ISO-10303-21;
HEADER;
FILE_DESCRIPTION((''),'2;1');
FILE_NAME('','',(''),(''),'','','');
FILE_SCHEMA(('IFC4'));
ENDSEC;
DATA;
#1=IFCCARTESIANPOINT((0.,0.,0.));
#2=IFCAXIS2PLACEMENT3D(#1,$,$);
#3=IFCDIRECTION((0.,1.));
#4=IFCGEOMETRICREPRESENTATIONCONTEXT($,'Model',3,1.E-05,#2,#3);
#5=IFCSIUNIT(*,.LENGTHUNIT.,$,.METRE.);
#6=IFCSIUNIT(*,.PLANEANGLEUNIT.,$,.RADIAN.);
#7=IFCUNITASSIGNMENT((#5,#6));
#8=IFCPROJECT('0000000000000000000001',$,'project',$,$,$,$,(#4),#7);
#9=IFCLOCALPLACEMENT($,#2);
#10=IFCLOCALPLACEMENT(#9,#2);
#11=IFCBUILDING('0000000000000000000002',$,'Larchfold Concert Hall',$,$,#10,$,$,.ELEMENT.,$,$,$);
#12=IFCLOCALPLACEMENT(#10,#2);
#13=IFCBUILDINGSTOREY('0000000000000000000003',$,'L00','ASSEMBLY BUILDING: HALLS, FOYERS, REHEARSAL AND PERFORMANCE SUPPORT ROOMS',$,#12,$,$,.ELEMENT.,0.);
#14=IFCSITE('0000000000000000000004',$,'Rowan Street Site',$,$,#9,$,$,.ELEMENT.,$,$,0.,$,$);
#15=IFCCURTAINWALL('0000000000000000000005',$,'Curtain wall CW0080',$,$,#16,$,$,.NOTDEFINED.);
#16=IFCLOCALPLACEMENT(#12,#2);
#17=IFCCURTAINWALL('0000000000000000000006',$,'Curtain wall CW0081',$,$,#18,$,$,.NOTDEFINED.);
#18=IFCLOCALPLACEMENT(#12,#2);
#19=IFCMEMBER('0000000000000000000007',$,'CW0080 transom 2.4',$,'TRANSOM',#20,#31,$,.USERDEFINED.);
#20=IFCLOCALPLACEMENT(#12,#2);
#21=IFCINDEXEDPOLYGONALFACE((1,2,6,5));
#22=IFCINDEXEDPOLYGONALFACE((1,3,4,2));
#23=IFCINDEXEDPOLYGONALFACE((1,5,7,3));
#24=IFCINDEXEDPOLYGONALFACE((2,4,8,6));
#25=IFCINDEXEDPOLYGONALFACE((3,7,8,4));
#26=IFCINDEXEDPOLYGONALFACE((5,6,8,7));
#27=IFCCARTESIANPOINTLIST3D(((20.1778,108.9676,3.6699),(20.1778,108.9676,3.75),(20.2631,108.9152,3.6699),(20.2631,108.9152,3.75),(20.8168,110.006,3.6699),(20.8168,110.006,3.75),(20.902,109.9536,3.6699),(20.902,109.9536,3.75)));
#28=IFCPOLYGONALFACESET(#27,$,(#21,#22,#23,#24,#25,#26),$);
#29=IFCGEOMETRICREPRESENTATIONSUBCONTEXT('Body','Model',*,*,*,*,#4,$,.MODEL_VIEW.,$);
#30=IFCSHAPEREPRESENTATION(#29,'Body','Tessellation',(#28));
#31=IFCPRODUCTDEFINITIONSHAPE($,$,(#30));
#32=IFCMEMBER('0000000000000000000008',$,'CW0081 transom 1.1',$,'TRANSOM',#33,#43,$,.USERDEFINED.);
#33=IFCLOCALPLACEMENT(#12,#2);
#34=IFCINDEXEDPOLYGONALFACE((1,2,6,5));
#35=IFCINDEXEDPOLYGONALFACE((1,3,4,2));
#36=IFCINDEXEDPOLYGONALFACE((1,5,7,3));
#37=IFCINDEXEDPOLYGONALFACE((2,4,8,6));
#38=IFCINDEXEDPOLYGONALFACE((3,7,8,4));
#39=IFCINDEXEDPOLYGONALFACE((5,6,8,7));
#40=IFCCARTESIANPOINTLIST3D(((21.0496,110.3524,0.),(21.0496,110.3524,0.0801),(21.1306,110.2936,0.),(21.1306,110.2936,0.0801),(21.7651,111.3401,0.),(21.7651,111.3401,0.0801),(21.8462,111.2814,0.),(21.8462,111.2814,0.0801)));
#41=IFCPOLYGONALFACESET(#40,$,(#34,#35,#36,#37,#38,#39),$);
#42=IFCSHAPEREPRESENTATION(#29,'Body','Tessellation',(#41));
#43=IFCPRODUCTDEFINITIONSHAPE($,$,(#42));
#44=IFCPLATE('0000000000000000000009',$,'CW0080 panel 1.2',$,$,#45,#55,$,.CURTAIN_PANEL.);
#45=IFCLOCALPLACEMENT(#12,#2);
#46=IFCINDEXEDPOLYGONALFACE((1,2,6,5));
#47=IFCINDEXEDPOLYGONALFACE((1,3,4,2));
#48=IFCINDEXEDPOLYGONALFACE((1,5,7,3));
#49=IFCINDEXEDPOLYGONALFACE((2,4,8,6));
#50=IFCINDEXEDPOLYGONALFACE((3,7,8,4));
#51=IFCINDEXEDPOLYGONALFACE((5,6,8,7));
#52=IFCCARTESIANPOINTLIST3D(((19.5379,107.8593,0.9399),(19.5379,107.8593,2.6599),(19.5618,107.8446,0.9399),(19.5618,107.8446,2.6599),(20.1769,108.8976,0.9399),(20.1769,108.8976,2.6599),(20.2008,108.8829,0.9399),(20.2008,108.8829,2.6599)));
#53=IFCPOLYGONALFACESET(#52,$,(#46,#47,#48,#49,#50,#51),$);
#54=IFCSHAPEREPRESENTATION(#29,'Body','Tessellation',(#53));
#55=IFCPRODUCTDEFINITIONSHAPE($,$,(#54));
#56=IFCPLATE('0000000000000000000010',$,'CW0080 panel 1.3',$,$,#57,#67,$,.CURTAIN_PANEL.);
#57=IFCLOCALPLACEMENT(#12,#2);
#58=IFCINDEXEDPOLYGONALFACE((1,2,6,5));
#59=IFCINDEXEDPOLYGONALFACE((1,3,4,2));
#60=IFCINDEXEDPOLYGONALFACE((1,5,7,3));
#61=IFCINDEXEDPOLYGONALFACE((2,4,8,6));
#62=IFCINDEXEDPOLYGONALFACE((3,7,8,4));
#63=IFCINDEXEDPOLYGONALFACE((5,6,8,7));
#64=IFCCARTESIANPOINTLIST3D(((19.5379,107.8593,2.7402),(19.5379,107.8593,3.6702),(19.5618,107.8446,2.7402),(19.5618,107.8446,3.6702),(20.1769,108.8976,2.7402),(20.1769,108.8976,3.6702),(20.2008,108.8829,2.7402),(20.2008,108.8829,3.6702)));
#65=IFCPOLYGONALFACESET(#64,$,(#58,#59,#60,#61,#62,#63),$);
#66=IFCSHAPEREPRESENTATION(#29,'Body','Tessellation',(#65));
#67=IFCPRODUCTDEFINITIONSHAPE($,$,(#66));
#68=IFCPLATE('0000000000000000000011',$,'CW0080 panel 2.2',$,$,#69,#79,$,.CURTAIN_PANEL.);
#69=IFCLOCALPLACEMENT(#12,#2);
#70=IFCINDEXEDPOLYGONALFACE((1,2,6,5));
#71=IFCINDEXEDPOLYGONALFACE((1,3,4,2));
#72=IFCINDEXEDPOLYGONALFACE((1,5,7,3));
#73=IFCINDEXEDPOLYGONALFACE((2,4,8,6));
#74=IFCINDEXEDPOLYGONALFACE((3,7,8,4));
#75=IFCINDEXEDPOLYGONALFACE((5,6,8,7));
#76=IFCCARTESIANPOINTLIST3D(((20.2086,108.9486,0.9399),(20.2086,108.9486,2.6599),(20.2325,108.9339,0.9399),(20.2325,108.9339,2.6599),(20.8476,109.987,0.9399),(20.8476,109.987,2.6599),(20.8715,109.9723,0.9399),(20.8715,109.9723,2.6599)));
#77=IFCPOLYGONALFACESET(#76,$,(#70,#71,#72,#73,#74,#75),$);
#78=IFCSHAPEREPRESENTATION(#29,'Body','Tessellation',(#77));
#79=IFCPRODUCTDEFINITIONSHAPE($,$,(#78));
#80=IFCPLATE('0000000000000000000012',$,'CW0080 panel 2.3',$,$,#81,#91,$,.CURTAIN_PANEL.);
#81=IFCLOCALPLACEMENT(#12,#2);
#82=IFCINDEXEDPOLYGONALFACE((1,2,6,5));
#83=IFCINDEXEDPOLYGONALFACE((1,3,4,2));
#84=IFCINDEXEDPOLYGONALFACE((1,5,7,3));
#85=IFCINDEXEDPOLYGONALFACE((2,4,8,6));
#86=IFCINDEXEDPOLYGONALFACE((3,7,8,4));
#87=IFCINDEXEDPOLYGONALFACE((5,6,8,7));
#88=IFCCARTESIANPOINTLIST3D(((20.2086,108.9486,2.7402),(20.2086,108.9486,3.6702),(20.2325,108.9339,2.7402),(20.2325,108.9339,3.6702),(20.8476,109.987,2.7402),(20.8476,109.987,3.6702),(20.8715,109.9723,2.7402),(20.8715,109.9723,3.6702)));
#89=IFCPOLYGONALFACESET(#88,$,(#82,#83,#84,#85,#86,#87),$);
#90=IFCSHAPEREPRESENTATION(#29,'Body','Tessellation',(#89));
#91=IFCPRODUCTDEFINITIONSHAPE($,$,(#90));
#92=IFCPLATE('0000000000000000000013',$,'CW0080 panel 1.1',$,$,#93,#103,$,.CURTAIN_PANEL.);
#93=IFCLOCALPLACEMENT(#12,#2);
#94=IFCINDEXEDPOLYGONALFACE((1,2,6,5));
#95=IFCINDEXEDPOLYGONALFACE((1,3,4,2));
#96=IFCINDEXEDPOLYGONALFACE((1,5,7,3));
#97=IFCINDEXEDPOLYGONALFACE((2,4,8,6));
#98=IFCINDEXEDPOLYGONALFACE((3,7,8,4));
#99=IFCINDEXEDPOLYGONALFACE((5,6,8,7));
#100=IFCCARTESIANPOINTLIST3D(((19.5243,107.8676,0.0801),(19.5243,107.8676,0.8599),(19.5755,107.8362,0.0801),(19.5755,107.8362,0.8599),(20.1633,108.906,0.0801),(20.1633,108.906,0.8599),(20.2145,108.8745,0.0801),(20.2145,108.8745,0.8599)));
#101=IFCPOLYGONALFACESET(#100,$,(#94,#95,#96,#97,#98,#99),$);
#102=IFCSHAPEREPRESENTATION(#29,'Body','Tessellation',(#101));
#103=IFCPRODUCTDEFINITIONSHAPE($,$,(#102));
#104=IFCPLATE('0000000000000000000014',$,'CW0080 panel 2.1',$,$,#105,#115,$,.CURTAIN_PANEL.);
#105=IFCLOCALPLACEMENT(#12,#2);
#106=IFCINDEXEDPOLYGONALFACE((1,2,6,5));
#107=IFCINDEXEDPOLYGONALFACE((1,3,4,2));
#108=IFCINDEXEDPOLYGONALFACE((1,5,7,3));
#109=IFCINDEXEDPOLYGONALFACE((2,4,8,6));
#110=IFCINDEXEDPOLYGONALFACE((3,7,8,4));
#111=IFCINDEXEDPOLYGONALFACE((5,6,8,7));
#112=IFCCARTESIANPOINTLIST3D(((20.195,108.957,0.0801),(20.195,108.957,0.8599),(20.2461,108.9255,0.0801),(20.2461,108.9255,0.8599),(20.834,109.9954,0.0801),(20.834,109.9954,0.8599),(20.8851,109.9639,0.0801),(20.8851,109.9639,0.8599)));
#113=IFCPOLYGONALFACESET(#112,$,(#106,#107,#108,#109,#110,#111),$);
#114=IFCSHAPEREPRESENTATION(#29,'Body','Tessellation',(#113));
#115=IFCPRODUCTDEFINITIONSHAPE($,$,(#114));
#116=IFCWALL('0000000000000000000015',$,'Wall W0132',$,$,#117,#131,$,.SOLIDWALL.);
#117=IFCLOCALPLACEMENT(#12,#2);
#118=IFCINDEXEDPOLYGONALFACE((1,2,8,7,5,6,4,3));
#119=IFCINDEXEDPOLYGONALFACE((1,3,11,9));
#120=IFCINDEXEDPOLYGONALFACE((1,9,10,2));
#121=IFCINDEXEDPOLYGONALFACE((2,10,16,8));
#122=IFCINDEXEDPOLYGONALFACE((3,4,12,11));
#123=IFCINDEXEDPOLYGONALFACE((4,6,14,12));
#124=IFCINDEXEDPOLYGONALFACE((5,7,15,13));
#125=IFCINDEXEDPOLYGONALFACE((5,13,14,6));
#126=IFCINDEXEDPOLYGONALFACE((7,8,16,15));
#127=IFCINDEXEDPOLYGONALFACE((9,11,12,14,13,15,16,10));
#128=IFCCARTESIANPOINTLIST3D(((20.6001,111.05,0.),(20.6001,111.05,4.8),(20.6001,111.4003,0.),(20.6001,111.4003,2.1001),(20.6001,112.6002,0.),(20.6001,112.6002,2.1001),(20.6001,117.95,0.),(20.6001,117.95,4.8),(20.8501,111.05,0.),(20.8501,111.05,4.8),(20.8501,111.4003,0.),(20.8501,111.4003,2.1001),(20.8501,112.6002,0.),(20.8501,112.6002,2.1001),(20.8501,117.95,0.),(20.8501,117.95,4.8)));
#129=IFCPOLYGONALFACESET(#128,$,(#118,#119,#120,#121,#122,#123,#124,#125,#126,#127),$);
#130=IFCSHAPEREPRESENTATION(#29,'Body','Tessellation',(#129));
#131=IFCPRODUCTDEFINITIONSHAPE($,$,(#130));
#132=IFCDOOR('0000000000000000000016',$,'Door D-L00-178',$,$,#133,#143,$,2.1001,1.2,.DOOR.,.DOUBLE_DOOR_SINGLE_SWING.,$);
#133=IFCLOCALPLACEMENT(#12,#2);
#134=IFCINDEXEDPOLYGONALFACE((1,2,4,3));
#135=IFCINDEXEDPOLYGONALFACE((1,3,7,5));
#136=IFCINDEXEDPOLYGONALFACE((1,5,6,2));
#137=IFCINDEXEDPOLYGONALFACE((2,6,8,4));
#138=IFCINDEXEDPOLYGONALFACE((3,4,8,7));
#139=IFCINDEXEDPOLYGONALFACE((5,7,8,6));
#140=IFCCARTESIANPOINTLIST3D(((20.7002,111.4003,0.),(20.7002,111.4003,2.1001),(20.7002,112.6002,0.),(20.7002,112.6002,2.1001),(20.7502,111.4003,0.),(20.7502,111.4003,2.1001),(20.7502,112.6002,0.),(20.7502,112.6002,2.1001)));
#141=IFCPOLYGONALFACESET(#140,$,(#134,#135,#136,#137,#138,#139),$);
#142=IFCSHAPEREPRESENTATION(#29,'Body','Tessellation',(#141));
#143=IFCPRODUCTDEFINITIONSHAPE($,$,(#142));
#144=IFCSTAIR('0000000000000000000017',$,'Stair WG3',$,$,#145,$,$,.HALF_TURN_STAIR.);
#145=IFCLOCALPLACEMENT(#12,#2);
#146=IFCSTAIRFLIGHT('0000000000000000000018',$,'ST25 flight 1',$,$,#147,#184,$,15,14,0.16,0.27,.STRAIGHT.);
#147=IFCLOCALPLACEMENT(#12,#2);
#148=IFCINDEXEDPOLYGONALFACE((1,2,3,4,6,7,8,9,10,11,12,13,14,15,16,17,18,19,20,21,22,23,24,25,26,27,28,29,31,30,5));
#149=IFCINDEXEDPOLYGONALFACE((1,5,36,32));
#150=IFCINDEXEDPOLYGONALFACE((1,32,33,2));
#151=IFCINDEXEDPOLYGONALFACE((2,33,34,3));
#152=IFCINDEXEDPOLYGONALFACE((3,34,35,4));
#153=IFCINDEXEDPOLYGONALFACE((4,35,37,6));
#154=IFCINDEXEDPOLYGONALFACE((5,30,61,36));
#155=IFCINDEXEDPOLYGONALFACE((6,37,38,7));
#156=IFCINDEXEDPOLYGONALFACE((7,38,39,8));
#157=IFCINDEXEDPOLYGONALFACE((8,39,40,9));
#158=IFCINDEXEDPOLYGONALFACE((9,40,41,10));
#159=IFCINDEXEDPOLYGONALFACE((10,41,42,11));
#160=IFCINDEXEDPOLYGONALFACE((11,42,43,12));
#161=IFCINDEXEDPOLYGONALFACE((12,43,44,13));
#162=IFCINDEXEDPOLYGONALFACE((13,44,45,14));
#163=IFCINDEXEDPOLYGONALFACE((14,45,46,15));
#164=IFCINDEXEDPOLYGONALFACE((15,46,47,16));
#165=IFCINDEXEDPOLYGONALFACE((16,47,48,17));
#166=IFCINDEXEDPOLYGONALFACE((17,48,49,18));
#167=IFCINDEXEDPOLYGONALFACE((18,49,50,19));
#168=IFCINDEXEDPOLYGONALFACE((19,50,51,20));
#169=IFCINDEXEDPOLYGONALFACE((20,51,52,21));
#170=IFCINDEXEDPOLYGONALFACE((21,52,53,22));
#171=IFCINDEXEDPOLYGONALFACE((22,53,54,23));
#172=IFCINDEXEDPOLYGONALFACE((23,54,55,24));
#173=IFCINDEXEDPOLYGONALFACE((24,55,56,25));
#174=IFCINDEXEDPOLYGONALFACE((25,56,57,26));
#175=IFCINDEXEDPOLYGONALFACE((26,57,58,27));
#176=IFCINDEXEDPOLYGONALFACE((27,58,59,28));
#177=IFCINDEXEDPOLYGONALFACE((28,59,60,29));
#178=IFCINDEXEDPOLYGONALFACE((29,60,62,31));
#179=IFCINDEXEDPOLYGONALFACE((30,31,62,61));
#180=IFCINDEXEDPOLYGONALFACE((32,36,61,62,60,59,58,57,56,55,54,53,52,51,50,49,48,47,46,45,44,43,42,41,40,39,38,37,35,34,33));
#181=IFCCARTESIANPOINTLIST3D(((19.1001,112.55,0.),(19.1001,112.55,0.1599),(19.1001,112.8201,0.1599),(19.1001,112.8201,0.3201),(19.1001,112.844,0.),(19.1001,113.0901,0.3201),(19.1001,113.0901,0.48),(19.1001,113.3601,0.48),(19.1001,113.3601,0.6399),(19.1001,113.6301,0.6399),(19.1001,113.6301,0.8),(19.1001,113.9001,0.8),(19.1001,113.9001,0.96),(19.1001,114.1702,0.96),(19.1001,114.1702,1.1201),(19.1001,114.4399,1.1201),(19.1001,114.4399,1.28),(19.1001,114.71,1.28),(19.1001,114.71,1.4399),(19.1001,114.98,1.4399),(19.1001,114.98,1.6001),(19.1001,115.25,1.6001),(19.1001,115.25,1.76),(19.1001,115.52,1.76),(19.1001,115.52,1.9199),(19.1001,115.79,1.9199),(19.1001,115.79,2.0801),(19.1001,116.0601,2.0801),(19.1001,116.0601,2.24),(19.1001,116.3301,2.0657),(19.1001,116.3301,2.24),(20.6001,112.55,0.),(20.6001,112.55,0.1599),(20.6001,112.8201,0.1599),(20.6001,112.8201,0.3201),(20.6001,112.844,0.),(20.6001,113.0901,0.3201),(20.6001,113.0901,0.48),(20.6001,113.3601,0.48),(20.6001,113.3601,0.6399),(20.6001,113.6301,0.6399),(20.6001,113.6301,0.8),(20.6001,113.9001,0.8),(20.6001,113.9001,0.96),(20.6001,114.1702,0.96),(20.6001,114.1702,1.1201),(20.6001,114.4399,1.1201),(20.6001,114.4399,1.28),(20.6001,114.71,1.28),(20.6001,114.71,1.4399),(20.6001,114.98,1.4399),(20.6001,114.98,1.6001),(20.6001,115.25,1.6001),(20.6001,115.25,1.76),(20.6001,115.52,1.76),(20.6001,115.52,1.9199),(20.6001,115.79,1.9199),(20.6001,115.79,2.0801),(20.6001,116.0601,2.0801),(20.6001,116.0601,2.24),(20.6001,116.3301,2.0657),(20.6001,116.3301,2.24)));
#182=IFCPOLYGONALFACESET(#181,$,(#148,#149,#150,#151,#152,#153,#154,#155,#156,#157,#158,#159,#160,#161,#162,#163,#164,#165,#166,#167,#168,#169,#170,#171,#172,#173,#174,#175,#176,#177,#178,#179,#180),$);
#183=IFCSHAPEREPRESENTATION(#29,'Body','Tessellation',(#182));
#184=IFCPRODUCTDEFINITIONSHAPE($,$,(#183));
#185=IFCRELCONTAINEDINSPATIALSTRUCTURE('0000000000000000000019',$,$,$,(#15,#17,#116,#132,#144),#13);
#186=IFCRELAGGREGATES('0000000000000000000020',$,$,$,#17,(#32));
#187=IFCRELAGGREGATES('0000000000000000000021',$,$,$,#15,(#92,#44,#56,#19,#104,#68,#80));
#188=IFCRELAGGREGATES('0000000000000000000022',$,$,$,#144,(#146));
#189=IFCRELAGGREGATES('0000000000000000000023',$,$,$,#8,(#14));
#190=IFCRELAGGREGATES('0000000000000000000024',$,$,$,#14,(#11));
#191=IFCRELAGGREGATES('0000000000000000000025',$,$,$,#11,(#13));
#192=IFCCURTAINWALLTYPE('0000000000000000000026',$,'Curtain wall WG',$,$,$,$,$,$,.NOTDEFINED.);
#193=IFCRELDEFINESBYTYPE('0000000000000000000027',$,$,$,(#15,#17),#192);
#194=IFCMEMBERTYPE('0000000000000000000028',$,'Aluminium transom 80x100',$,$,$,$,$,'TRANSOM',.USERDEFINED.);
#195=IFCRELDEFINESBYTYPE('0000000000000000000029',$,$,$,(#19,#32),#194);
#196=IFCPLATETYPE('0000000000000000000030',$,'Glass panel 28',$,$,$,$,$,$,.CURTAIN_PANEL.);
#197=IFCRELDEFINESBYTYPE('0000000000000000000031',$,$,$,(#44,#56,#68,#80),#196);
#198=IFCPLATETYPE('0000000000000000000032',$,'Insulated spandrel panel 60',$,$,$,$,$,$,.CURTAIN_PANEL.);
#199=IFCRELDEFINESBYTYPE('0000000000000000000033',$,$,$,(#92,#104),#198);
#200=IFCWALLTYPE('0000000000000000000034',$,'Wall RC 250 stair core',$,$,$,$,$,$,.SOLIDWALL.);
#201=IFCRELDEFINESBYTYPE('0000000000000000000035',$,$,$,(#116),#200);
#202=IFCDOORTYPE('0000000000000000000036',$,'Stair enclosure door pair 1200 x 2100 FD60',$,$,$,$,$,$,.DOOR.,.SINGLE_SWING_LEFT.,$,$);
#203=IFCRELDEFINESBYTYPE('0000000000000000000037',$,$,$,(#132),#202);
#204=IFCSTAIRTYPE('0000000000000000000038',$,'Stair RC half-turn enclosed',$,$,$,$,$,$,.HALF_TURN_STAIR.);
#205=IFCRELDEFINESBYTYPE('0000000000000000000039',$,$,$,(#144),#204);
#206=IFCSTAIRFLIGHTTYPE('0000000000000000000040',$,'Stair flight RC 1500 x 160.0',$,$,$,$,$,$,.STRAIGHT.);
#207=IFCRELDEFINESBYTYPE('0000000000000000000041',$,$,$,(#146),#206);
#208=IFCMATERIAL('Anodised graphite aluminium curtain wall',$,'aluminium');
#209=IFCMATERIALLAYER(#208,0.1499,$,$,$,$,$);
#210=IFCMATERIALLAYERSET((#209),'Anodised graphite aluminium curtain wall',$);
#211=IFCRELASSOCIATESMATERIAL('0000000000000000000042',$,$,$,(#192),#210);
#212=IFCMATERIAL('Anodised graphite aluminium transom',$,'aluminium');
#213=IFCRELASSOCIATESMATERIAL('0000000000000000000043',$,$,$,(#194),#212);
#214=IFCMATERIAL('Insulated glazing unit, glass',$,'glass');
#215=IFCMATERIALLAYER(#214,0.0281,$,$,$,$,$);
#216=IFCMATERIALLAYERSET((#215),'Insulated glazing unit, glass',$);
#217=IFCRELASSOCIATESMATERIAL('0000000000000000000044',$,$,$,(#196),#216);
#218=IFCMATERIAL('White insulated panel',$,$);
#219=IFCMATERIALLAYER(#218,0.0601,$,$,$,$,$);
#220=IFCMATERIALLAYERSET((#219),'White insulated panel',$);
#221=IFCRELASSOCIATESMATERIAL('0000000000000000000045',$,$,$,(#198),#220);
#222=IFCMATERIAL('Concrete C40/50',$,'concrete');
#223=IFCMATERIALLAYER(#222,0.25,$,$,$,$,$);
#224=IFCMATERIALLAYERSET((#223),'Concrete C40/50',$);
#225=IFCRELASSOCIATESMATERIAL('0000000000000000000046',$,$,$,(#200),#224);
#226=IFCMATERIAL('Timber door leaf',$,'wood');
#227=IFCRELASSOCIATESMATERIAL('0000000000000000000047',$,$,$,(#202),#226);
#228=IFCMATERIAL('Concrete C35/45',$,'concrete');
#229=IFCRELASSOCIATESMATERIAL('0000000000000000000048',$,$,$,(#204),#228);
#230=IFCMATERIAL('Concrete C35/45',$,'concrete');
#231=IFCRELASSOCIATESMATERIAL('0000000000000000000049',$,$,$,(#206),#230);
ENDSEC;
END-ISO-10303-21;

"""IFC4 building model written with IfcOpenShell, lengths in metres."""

from ifc_helpers import new_model, si_unit, direction, frame, frame_2d, origin, origin_2d, place, context, subcontext, project, spatial, polyline, rectangle, outline, extrude, material, layer, layer_set, material_profile, profile_set, type_object, element, fill, aggregate, save


model = new_model("IFC4")

# Units and contexts
model_context = context("Model", 3, precision=1e-05, world=origin(), true_north=direction((0.0, 1.0)))
body_context = subcontext(model_context, "Body", "Model", "MODEL_VIEW")
ifc_project = project(units=[si_unit("LENGTHUNIT", "METRE"), si_unit("PLANEANGLEUNIT", "RADIAN")], contexts=[model_context])

# Site, building, storey
site_placement = place(None, origin())
site = spatial("IfcSite", under=ifc_project, at=site_placement, Name="Rowan Street Site", CompositionType="ELEMENT", RefElevation=0.0)
building_placement = place(site_placement, origin())
building = spatial("IfcBuilding", under=site, at=building_placement, Name="Larchfold Concert Hall", CompositionType="ELEMENT")
storey_placement = place(building_placement, origin())
storey = spatial("IfcBuildingStorey", under=building, at=storey_placement, Name="L00", Description="ASSEMBLY BUILDING: HALLS, FOYERS, REHEARSAL AND PERFORMANCE SUPPORT ROOMS", CompositionType="ELEMENT", Elevation=0.0)

# Curtain wall
ifc_material_1 = material(Name="Anodised graphite aluminium curtain wall", Category="aluminium")
ifc_layer_1 = layer(ifc_material_1, 0.1499)
ifc_layer_set_1 = layer_set([ifc_layer_1], Name="Anodised graphite aluminium curtain wall")
curtain_wall_type = type_object("IfcCurtainWallType", Name="Curtain wall WG", PredefinedType="NOTDEFINED", material=ifc_layer_set_1)
curtain_wall_1_placement = place(storey_placement, origin())
curtain_wall_1 = element("IfcCurtainWall", 1, at=curtain_wall_1_placement, inside=storey, type_object=curtain_wall_type, Name="Curtain wall CW0080", PredefinedType="NOTDEFINED")

# Curtain wall
curtain_wall_2_placement = place(storey_placement, origin())
curtain_wall_2 = element("IfcCurtainWall", 2, at=curtain_wall_2_placement, inside=storey, type_object=curtain_wall_type, Name="Curtain wall CW0081", PredefinedType="NOTDEFINED")

# Members
ifc_material_2 = material(Name="Anodised graphite aluminium transom", Category="aluminium")
ifc_material_profile_1 = material_profile(ifc_material_2, rectangle(XDim=0.1001, YDim=0.0801, at=origin_2d()))
ifc_profile_set_1 = profile_set([ifc_material_profile_1], Name="Anodised graphite aluminium transom")
member_type_1 = type_object("IfcMemberType", Name="Aluminium transom 80x100", ElementType="TRANSOM", PredefinedType="USERDEFINED", material=ifc_profile_set_1)
member_1_placement = place(storey_placement, frame((20.2205, 108.9414, 3.71), z_axis=(0.524064, 0.851679, 0.0), x_axis=(-0.851679, 0.524064, 0.0)))
member_1 = element("IfcMember", 3, at=member_1_placement, type_object=member_type_1, Name="CW0080 transom 2.4", ObjectType="TRANSOM", PredefinedType="USERDEFINED", context=body_context, shape_type="SweptSolid", body=[
    extrude(rectangle(XDim=0.1001, YDim=0.0801, at=origin_2d()), origin(), (0.0, 0.0, 1.0), 1.2192),
])
member_2_placement = place(storey_placement, frame((21.0901, 110.323, 0.04), z_axis=(0.586659, 0.809834, 0.0), x_axis=(-0.809834, 0.586659, 0.0)))
member_2 = element("IfcMember", 4, at=member_2_placement, type_object=member_type_1, Name="CW0081 transom 1.1", ObjectType="TRANSOM", PredefinedType="USERDEFINED", context=body_context, shape_type="SweptSolid", body=[
    extrude(rectangle(XDim=0.1001, YDim=0.0801, at=origin_2d()), origin(), (0.0, 0.0, 1.0), 1.2197),
])
aggregate(curtain_wall_2, [member_2])

# Plates
ifc_material_3 = material(Name="Insulated glazing unit, glass", Category="glass")
ifc_layer_2 = layer(ifc_material_3, 0.0281)
ifc_layer_set_2 = layer_set([ifc_layer_2], Name="Insulated glazing unit, glass")
plate_type_1 = type_object("IfcPlateType", Name="Glass panel 28", PredefinedType="CURTAIN_PANEL", material=ifc_layer_set_2)
plate_1_placement = place(storey_placement, frame((19.8694, 108.3711, 0.9399), z_axis=(0.0, 0.0, 1.0), x_axis=(0.524103, 0.851655, 0.0)))
plate_1 = element("IfcPlate", 5, at=plate_1_placement, type_object=plate_type_1, Name="CW0080 panel 1.2", PredefinedType="CURTAIN_PANEL", context=body_context, shape_type="SweptSolid", body=[
    extrude(rectangle(XDim=1.2192, YDim=0.0281, at=origin_2d()), origin(), (0.0, 0.0, 1.0), 1.72),
])
plate_2_placement = place(storey_placement, frame((19.8694, 108.3711, 2.7402), z_axis=(0.0, 0.0, 1.0), x_axis=(0.524103, 0.851655, 0.0)))
plate_2 = element("IfcPlate", 6, at=plate_2_placement, type_object=plate_type_1, Name="CW0080 panel 1.3", PredefinedType="CURTAIN_PANEL", context=body_context, shape_type="SweptSolid", body=[
    extrude(rectangle(XDim=1.2192, YDim=0.0281, at=origin_2d()), origin(), (0.0, 0.0, 1.0), 0.9299),
])
plate_3_placement = place(storey_placement, frame((20.54, 109.4604, 0.9399), z_axis=(0.0, 0.0, 1.0), x_axis=(0.524103, 0.851655, 0.0)))
plate_3 = element("IfcPlate", 7, at=plate_3_placement, type_object=plate_type_1, Name="CW0080 panel 2.2", PredefinedType="CURTAIN_PANEL", context=body_context, shape_type="SweptSolid", body=[
    extrude(rectangle(XDim=1.2192, YDim=0.0281, at=origin_2d()), origin(), (0.0, 0.0, 1.0), 1.72),
])
plate_4_placement = place(storey_placement, frame((20.54, 109.4604, 2.7402), z_axis=(0.0, 0.0, 1.0), x_axis=(0.524103, 0.851655, 0.0)))
plate_4 = element("IfcPlate", 8, at=plate_4_placement, type_object=plate_type_1, Name="CW0080 panel 2.3", PredefinedType="CURTAIN_PANEL", context=body_context, shape_type="SweptSolid", body=[
    extrude(rectangle(XDim=1.2192, YDim=0.0281, at=origin_2d()), origin(), (0.0, 0.0, 1.0), 0.9299),
])
ifc_material_4 = material(Name="White insulated panel")
ifc_layer_3 = layer(ifc_material_4, 0.0601)
ifc_layer_set_3 = layer_set([ifc_layer_3], Name="White insulated panel")
plate_type_2 = type_object("IfcPlateType", Name="Insulated spandrel panel 60", PredefinedType="CURTAIN_PANEL", material=ifc_layer_set_3)
plate_5_placement = place(storey_placement, frame((19.8694, 108.3711, 0.0801), z_axis=(0.0, 0.0, 1.0), x_axis=(0.524103, 0.851655, 0.0)))
plate_5 = element("IfcPlate", 9, at=plate_5_placement, type_object=plate_type_2, Name="CW0080 panel 1.1", PredefinedType="CURTAIN_PANEL", context=body_context, shape_type="SweptSolid", body=[
    extrude(rectangle(XDim=1.2192, YDim=0.0601, at=origin_2d()), origin(), (0.0, 0.0, 1.0), 0.7798),
])
plate_6_placement = place(storey_placement, frame((20.54, 109.4604, 0.0801), z_axis=(0.0, 0.0, 1.0), x_axis=(0.524103, 0.851655, 0.0)))
plate_6 = element("IfcPlate", 10, at=plate_6_placement, type_object=plate_type_2, Name="CW0080 panel 2.1", PredefinedType="CURTAIN_PANEL", context=body_context, shape_type="SweptSolid", body=[
    extrude(rectangle(XDim=1.2192, YDim=0.0601, at=origin_2d()), origin(), (0.0, 0.0, 1.0), 0.7798),
])
aggregate(curtain_wall_1, [plate_5, plate_1, plate_2, member_1, plate_6, plate_3, plate_4])

# Wall, opening, door
ifc_material_5 = material(Name="Concrete C40/50", Category="concrete")
ifc_layer_4 = layer(ifc_material_5, 0.25)
ifc_layer_set_4 = layer_set([ifc_layer_4], Name="Concrete C40/50")
wall_type = type_object("IfcWallType", Name="Wall RC 250 stair core", PredefinedType="SOLIDWALL", material=ifc_layer_set_4)
wall_placement = place(storey_placement, frame((20.7251, 111.05, 0.0), z_axis=(0.0, 0.0, 1.0), x_axis=(0.0, 1.0, 0.0)))
wall = element("IfcWall", 11, at=wall_placement, inside=storey, type_object=wall_type, Name="Wall W0132", PredefinedType="SOLIDWALL", context=body_context, shape_type="SweptSolid", body=[
    extrude(rectangle(XDim=6.8999, YDim=0.25, at=frame_2d((3.45, 0.0))), origin(), (0.0, 0.0, 1.0), 4.8),
])
opening_placement = place(wall_placement, frame((0.3501, 0.0, 0.0)))
opening = element("IfcOpeningElement", 12, at=opening_placement, cuts=wall, PredefinedType="OPENING", context=body_context, shape_type="SweptSolid", body=[
    extrude(rectangle(XDim=1.2, YDim=2.1001, at=frame_2d((0.6001, 1.05))), frame((0.0, 0.135, 0.0), z_axis=(0.0, -1.0, 0.0), x_axis=(1.0, 0.0, 0.0)), (0.0, 0.0, 1.0), 0.27),
])
ifc_material_6 = material(Name="Timber door leaf", Category="wood")
door_type = type_object("IfcDoorType", Name="Stair enclosure door pair 1200 x 2100 FD60", OperationType="SINGLE_SWING_LEFT", PredefinedType="DOOR", material=ifc_material_6)
door_placement = place(opening_placement, origin())
door = element("IfcDoor", 13, at=door_placement, inside=storey, type_object=door_type, Name="Door D-L00-178", OperationType="DOUBLE_DOOR_SINGLE_SWING", OverallHeight=2.1001, OverallWidth=1.2, PredefinedType="DOOR", context=body_context, shape_type="SweptSolid", body=[
    extrude(rectangle(XDim=1.2, YDim=2.1001, at=frame_2d((0.6001, 1.05))), frame((0.0, 0.0249, 0.0), z_axis=(0.0, -1.0, 0.0), x_axis=(1.0, 0.0, 0.0)), (0.0, 0.0, 1.0), 0.05),
])
fill(opening, door)

# Stair, stair flight
ifc_material_7 = material(Name="Concrete C35/45", Category="concrete")
stair_type = type_object("IfcStairType", Name="Stair RC half-turn enclosed", PredefinedType="HALF_TURN_STAIR", material=ifc_material_7)
stair_placement = place(storey_placement, origin())
stair = element("IfcStair", 14, at=stair_placement, inside=storey, type_object=stair_type, Name="Stair WG3", PredefinedType="HALF_TURN_STAIR")
ifc_material_8 = material(Name="Concrete C35/45", Category="concrete")
stair_flight_type = type_object("IfcStairFlightType", Name="Stair flight RC 1500 x 160.0", PredefinedType="STRAIGHT", material=ifc_material_8)
stair_flight_placement = place(storey_placement, frame((19.8501, 112.55, 0.0), z_axis=(0.0, 0.0, 1.0), x_axis=(0.0, 1.0, 0.0)))
stair_flight = element("IfcStairFlight", 15, at=stair_flight_placement, type_object=stair_flight_type, Name="ST25 flight 1", NumberOfRisers=15, NumberOfTreads=14, PredefinedType="STRAIGHT", RiserHeight=0.16, TreadLength=0.27, context=body_context, shape_type="SweptSolid", body=[
    extrude(outline(polyline([(0.0, 0.0), (0.0, 0.1599), (0.27, 0.1599), (0.27, 0.3201), (0.54, 0.3201), (0.54, 0.48), (0.8101, 0.48), (0.8101, 0.6399), (1.0801, 0.6399), (1.0801, 0.8), (1.3501, 0.8), (1.3501, 0.96), (1.6201, 0.96), (1.6201, 1.1201), (1.8899, 1.1201), (1.8899, 1.28), (2.1599, 1.28), (2.1599, 1.4399), (2.4299, 1.4399), (2.4299, 1.6001), (2.7, 1.6001), (2.7, 1.76), (2.97, 1.76), (2.97, 1.9199), (3.24, 1.9199), (3.24, 2.0801), (3.51, 2.0801), (3.51, 2.24), (3.78, 2.24), (3.78, 2.3999), (3.78, 2.0657), (0.2939, 0.0), (0.0, 0.0)])), frame((0.0, 0.75, 0.0), z_axis=(0.0, -1.0, 0.0), x_axis=(1.0, 0.0, 0.0)), (0.0, 0.0, 1.0), 1.5),
])
aggregate(stair, [stair_flight])

save(model, "model.ifc")
